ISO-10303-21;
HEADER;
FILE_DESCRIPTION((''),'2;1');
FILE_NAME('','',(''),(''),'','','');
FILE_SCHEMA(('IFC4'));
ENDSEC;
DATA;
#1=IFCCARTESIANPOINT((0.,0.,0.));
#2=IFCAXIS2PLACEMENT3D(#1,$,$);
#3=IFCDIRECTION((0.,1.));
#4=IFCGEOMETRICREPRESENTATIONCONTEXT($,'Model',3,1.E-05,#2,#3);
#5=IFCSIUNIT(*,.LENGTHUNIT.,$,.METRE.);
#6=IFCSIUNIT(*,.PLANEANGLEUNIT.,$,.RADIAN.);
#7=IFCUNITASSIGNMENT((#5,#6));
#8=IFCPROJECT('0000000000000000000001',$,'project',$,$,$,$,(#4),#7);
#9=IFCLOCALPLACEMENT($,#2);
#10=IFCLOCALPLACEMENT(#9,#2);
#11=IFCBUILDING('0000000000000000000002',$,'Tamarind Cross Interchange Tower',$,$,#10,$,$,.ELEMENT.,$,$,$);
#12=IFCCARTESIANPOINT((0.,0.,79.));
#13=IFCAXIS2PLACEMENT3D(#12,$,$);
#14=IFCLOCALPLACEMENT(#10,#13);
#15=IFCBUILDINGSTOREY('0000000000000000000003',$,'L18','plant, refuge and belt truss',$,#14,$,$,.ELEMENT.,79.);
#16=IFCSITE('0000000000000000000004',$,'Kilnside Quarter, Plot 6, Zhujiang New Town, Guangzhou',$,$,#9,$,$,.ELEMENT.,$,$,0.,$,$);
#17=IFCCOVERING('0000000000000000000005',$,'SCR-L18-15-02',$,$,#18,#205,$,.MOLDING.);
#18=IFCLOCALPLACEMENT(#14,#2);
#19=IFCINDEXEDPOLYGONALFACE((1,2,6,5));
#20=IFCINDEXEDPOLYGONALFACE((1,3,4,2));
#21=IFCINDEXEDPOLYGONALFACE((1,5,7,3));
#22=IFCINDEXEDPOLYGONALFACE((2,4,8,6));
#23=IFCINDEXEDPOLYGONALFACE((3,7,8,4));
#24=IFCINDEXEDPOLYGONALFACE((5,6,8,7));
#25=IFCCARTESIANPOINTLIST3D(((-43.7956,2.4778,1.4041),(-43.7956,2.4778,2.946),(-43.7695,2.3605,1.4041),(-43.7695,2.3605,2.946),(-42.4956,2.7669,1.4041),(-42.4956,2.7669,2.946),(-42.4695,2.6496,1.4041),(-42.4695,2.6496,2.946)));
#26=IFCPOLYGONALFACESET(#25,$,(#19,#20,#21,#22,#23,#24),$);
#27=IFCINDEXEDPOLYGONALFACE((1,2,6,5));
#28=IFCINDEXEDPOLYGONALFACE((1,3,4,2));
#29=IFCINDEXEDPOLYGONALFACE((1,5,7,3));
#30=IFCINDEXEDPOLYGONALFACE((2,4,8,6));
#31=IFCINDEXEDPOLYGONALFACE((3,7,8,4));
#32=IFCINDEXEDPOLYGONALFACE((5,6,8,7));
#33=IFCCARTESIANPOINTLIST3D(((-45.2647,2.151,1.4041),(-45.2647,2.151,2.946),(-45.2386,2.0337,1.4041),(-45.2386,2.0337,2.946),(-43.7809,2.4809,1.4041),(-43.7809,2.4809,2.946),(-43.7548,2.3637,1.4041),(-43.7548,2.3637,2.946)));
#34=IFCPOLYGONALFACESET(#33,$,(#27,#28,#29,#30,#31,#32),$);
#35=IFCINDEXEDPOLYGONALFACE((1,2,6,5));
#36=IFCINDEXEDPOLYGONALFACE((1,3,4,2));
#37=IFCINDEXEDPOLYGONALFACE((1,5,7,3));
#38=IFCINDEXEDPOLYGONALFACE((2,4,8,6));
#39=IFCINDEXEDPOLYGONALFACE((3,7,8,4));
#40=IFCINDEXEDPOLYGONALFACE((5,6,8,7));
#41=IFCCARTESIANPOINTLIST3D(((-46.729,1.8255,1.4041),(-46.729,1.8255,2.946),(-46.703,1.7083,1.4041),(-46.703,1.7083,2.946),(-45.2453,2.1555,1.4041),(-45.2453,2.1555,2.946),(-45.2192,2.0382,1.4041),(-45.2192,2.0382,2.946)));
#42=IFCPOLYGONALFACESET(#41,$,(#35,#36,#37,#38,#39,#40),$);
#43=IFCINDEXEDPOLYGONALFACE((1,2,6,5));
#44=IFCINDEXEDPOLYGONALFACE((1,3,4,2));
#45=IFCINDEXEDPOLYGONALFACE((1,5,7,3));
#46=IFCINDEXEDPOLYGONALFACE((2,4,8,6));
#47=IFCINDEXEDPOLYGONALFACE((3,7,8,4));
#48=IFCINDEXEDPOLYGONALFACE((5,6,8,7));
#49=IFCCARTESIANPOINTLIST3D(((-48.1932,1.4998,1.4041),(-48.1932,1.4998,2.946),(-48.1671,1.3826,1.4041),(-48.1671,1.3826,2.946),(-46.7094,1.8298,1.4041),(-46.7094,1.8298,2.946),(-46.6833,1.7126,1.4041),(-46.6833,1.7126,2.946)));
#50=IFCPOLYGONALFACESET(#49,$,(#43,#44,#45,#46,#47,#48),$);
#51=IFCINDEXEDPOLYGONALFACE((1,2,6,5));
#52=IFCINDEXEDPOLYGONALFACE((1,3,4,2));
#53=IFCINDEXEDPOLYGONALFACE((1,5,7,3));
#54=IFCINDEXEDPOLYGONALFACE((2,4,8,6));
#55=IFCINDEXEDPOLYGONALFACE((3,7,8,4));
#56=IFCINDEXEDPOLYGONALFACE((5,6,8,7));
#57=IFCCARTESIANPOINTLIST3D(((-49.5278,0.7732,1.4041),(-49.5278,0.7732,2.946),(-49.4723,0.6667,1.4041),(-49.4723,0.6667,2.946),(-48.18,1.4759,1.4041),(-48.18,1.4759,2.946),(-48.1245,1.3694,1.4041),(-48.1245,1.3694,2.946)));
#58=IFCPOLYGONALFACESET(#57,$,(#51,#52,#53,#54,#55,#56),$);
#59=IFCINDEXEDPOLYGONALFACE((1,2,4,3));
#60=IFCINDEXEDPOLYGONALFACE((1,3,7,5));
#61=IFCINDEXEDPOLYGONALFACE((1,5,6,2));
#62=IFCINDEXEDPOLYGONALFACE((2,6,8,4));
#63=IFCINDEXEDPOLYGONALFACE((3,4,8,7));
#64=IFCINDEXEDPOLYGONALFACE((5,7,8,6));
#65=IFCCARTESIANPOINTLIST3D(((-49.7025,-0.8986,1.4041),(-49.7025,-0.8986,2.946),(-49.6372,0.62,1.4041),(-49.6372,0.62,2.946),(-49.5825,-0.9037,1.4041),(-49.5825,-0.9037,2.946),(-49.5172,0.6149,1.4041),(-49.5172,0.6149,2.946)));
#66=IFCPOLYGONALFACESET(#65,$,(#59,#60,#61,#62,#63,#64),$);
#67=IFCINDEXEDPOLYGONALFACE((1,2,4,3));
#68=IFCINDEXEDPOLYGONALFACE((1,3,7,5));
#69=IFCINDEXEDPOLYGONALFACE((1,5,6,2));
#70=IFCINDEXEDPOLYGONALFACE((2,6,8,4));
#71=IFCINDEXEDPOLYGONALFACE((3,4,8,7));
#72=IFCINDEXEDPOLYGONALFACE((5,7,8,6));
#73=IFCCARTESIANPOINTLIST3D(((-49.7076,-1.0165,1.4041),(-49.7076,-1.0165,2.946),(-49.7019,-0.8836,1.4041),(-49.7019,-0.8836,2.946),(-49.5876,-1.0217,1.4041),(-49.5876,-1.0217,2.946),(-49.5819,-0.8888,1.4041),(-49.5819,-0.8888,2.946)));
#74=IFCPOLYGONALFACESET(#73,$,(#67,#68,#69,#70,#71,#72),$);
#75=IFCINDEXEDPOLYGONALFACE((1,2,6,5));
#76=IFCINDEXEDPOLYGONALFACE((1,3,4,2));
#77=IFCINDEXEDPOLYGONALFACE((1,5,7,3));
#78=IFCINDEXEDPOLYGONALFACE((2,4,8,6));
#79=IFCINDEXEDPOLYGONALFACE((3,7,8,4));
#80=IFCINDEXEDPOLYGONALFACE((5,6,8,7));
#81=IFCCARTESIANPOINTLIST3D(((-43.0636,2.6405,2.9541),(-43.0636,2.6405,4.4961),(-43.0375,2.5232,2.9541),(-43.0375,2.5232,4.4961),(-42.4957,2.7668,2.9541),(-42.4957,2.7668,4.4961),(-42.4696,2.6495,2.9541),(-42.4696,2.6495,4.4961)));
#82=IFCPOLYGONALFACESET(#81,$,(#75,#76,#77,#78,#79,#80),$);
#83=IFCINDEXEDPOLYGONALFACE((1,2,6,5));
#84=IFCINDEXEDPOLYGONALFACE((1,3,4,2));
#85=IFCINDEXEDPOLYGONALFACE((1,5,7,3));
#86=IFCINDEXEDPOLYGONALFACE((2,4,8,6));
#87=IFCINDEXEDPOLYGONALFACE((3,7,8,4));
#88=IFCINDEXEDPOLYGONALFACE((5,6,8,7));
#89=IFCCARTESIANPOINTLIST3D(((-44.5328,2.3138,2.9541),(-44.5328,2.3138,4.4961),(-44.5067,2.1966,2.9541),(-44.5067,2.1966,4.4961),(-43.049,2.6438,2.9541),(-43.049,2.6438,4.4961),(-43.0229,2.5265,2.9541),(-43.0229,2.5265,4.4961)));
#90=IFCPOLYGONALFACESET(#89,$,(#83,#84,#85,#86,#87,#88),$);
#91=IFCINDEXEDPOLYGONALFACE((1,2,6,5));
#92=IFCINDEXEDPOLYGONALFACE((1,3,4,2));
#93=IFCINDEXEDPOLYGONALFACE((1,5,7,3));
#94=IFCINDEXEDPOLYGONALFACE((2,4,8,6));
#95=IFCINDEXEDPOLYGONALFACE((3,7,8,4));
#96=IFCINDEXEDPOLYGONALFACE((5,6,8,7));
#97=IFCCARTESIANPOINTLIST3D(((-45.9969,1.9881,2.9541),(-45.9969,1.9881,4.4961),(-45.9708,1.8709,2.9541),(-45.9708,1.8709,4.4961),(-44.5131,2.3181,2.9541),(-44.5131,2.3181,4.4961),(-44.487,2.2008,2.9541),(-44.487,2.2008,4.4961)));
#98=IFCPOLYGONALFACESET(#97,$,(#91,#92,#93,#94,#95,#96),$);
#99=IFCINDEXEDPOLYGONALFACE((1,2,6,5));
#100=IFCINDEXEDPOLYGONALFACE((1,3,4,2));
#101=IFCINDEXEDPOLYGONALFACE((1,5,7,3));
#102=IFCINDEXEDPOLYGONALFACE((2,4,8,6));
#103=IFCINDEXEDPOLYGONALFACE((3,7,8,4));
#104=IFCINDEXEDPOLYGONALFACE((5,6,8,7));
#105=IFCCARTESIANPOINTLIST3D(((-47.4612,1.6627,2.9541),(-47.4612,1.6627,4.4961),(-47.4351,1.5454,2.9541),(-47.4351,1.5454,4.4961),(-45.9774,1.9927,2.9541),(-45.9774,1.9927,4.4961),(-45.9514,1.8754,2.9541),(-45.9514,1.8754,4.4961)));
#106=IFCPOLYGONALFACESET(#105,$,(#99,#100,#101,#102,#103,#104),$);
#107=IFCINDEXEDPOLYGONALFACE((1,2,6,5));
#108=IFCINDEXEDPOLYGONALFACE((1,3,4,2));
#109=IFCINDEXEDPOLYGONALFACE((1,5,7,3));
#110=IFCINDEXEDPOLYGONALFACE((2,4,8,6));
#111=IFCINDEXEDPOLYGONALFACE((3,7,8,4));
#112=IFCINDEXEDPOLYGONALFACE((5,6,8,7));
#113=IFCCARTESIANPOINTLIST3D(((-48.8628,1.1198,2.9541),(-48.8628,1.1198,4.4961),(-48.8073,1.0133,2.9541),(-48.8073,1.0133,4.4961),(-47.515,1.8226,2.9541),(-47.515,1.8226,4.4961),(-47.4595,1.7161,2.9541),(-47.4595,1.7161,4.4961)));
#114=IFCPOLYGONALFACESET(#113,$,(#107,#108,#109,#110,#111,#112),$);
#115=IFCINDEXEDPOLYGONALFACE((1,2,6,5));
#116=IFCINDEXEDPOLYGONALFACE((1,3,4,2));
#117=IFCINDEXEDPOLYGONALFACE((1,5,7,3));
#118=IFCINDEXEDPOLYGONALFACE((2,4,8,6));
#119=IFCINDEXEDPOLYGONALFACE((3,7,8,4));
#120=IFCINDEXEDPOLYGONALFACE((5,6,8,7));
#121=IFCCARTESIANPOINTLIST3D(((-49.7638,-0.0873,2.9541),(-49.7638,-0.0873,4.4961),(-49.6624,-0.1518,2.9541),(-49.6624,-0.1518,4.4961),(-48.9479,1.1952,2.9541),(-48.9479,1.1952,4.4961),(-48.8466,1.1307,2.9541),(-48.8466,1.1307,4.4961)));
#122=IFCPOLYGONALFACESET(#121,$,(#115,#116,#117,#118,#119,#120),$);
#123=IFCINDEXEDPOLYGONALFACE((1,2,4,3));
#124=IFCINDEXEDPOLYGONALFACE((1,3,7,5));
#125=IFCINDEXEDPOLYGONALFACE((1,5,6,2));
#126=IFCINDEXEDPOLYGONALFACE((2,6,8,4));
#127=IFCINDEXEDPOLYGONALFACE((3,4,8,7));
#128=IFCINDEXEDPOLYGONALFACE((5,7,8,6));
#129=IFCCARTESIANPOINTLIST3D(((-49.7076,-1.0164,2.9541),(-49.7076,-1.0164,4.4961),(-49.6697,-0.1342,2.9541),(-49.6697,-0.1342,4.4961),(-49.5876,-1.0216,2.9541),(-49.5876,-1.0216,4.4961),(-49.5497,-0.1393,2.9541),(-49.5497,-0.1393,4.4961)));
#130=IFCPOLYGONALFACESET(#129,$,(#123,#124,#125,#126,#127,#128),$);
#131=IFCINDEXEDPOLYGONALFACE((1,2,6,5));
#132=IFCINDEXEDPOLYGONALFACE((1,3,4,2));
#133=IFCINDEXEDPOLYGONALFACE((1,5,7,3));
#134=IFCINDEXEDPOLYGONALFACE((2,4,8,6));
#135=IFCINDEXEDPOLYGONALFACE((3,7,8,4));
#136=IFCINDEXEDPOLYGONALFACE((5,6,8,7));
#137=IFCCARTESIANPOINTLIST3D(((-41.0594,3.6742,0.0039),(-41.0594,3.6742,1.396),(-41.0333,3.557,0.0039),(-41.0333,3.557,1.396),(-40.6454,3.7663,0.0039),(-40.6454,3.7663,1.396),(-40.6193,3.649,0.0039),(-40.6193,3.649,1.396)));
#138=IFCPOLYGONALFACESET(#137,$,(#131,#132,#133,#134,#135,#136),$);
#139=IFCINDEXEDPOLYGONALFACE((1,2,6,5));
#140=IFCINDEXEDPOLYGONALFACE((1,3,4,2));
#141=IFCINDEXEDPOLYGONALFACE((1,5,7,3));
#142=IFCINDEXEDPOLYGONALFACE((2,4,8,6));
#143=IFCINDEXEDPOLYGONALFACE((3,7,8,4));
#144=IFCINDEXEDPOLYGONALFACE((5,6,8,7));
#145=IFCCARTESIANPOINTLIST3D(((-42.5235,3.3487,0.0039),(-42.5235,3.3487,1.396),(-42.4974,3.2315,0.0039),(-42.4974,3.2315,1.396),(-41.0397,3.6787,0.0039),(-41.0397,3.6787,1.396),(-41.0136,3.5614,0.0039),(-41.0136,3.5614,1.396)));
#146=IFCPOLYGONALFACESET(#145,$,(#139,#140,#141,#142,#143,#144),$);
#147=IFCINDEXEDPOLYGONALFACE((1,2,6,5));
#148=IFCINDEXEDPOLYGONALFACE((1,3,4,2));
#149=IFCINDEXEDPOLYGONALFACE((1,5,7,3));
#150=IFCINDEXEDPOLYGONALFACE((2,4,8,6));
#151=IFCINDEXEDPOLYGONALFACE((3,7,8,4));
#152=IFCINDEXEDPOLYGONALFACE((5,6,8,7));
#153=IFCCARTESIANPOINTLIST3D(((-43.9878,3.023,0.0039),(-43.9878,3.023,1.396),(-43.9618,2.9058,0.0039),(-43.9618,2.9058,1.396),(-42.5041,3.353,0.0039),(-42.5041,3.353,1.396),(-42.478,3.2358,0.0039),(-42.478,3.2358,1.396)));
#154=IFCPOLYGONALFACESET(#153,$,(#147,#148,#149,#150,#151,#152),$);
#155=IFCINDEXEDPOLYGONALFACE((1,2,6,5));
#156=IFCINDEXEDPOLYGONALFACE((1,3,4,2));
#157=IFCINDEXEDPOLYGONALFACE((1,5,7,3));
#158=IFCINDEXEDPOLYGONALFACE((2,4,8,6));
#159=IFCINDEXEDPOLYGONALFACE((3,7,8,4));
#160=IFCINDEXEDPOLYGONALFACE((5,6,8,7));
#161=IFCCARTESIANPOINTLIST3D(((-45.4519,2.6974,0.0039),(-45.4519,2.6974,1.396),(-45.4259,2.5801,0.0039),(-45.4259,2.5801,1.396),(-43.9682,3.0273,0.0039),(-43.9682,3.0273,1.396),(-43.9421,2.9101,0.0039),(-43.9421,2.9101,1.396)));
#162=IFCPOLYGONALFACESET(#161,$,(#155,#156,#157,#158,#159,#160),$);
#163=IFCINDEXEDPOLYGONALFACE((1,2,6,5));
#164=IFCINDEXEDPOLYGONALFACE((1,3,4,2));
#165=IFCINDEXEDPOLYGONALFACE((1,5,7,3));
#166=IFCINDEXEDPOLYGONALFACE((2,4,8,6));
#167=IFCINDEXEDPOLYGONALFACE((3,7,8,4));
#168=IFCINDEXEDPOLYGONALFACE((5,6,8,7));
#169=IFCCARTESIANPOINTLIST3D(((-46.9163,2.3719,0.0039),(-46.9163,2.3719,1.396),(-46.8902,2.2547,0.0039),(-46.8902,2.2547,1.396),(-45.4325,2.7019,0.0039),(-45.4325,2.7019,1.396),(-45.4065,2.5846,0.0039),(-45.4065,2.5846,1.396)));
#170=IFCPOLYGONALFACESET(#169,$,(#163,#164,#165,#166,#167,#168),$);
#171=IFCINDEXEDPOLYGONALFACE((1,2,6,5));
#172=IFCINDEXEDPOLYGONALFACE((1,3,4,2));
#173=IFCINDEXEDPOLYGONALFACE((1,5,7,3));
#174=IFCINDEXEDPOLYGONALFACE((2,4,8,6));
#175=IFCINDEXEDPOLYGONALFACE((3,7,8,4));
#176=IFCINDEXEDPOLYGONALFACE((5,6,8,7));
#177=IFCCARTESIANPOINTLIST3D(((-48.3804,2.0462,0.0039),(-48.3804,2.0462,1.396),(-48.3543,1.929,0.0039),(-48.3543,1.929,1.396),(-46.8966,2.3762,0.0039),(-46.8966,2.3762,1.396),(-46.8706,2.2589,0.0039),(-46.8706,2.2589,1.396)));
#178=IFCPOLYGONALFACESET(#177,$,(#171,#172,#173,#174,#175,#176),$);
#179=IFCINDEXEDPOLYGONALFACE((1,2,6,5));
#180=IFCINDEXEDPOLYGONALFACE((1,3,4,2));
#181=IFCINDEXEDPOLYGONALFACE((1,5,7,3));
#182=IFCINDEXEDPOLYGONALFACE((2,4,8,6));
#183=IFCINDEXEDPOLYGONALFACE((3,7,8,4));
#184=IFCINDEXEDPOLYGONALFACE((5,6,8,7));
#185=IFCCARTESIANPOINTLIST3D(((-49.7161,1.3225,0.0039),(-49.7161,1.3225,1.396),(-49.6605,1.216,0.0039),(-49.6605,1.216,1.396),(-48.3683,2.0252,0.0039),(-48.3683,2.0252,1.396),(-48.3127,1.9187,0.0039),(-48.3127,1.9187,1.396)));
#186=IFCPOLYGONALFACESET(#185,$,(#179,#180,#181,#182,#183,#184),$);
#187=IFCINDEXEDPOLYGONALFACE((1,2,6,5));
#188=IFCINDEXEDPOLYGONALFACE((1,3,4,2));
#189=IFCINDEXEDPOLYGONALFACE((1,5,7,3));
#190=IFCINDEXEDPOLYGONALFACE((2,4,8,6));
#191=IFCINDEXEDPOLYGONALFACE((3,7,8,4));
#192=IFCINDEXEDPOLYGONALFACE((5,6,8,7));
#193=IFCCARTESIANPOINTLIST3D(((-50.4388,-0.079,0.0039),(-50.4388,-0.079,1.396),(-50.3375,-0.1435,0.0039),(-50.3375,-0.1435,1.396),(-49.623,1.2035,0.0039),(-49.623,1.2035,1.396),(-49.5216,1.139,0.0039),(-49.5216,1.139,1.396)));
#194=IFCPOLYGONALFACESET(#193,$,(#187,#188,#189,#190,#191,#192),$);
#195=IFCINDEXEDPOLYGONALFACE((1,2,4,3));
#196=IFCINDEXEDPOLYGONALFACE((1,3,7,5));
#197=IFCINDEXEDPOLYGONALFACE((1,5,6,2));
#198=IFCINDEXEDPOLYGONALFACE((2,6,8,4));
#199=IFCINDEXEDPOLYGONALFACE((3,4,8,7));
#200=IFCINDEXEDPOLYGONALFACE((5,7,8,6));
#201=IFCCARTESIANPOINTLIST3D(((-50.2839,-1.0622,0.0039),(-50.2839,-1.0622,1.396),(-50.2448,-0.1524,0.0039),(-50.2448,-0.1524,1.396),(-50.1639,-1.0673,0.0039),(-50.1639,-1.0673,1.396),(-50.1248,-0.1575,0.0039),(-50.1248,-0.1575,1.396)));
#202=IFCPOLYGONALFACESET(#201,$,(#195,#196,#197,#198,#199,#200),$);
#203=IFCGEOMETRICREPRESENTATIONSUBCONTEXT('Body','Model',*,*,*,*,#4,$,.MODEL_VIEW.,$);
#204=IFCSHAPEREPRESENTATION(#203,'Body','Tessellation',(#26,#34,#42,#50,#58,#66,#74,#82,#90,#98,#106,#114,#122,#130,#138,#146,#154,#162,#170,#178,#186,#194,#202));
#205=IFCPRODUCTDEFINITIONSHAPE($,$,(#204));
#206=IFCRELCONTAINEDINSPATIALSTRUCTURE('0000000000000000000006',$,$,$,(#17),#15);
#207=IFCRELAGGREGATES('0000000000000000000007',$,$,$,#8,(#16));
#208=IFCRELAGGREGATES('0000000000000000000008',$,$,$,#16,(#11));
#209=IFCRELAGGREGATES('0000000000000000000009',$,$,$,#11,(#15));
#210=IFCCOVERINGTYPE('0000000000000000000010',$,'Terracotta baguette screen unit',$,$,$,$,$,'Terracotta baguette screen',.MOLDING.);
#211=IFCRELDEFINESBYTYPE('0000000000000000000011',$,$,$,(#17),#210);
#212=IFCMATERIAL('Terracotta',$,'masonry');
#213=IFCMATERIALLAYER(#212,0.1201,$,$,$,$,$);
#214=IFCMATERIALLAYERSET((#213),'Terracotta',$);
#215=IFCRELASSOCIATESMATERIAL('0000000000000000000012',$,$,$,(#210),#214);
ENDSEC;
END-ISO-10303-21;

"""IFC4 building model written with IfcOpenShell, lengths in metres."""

from ifc_helpers import new_model, si_unit, direction, frame, origin, origin_2d, place, context, subcontext, project, spatial, rectangle, extrude, material, layer, layer_set, type_object, element, save


model = new_model("IFC4")

# Units and contexts
model_context = context("Model", 3, precision=1e-05, world=origin(), true_north=direction((0.0, 1.0)))
body_context = subcontext(model_context, "Body", "Model", "MODEL_VIEW")
ifc_project = project(units=[si_unit("LENGTHUNIT", "METRE"), si_unit("PLANEANGLEUNIT", "RADIAN")], contexts=[model_context])

# Site, building, storey
site_placement = place(None, origin())
site = spatial("IfcSite", under=ifc_project, at=site_placement, Name="Kilnside Quarter, Plot 6, Zhujiang New Town, Guangzhou", CompositionType="ELEMENT", RefElevation=0.0)
building_placement = place(site_placement, origin())
building = spatial("IfcBuilding", under=site, at=building_placement, Name="Tamarind Cross Interchange Tower", CompositionType="ELEMENT")
storey_placement = place(building_placement, frame((0.0, 0.0, 79.0)))
storey = spatial("IfcBuildingStorey", under=building, at=storey_placement, Name="L18", Description="plant, refuge and belt truss", CompositionType="ELEMENT", Elevation=79.0)

# Covering
ifc_material_1 = material(Name="Terracotta", Category="masonry")
ifc_layer_1 = layer(ifc_material_1, 0.1201)
ifc_layer_set_1 = layer_set([ifc_layer_1], Name="Terracotta")
covering_type = type_object("IfcCoveringType", Name="Terracotta baguette screen unit", ElementType="Terracotta baguette screen", PredefinedType="MOLDING", material=ifc_layer_set_1)
covering_1_placement = place(storey_placement, origin())
element("IfcCovering", 1, at=covering_1_placement, inside=storey, type_object=covering_type, Name="SCR-L18-15-02", PredefinedType="MOLDING", context=body_context, shape_type="SweptSolid", body=[
    extrude(rectangle(XDim=1.3318, YDim=0.1201, at=origin_2d()), frame((-43.1326, 2.5637, 1.4041), z_axis=(0.0, 0.0, 1.0), x_axis=(-0.976154, -0.21708, 0.0)), (0.0, 0.0, 1.0), 1.542),
    extrude(rectangle(XDim=1.52, YDim=0.1201, at=origin_2d()), frame((-44.5098, 2.2573, 1.4041), z_axis=(0.0, 0.0, 1.0), x_axis=(-0.976154, -0.21708, 0.0)), (0.0, 0.0, 1.0), 1.542),
    extrude(rectangle(XDim=1.52, YDim=0.1201, at=origin_2d()), frame((-45.9741, 1.9319, 1.4041), z_axis=(0.0, 0.0, 1.0), x_axis=(-0.976154, -0.21708, 0.0)), (0.0, 0.0, 1.0), 1.542),
    extrude(rectangle(XDim=1.52, YDim=0.1201, at=origin_2d()), frame((-47.4382, 1.6062, 1.4041), z_axis=(0.0, 0.0, 1.0), x_axis=(-0.976154, -0.21708, 0.0)), (0.0, 0.0, 1.0), 1.542),
    extrude(rectangle(XDim=1.52, YDim=0.1201, at=origin_2d()), frame((-48.8262, 1.0713, 1.4041), z_axis=(0.0, 0.0, 1.0), x_axis=(-0.886708, -0.462331, 0.0)), (0.0, 0.0, 1.0), 1.542),
    extrude(rectangle(XDim=1.52, YDim=0.1201, at=origin_2d()), frame((-49.6099, -0.1418, 1.4041), z_axis=(0.0, 0.0, 1.0), x_axis=(-0.042964, -0.999077, 0.0)), (0.0, 0.0, 1.0), 1.542),
    extrude(rectangle(XDim=0.1331, YDim=0.1201, at=origin_2d()), frame((-49.6448, -0.9526, 1.4041), z_axis=(0.0, 0.0, 1.0), x_axis=(-0.042964, -0.999077, 0.0)), (0.0, 0.0, 1.0), 1.542),
    extrude(rectangle(XDim=0.5818, YDim=0.1201, at=origin_2d()), frame((-42.7666, 2.645, 2.9541), z_axis=(0.0, 0.0, 1.0), x_axis=(-0.976154, -0.21708, 0.0)), (0.0, 0.0, 1.0), 1.542),
    extrude(rectangle(XDim=1.52, YDim=0.1201, at=origin_2d()), frame((-43.7778, 2.4202, 2.9541), z_axis=(0.0, 0.0, 1.0), x_axis=(-0.976154, -0.21708, 0.0)), (0.0, 0.0, 1.0), 1.542),
    extrude(rectangle(XDim=1.52, YDim=0.1201, at=origin_2d()), frame((-45.2419, 2.0945, 2.9541), z_axis=(0.0, 0.0, 1.0), x_axis=(-0.976154, -0.21708, 0.0)), (0.0, 0.0, 1.0), 1.542),
    extrude(rectangle(XDim=1.52, YDim=0.1201, at=origin_2d()), frame((-46.7063, 1.769, 2.9541), z_axis=(0.0, 0.0, 1.0), x_axis=(-0.976154, -0.21708, 0.0)), (0.0, 0.0, 1.0), 1.542),
    extrude(rectangle(XDim=1.52, YDim=0.1201, at=origin_2d()), frame((-48.1611, 1.418, 2.9541), z_axis=(0.0, 0.0, 1.0), x_axis=(-0.886708, -0.462331, 0.0)), (0.0, 0.0, 1.0), 1.542),
    extrude(rectangle(XDim=1.52, YDim=0.1201, at=origin_2d()), frame((-49.3052, 0.5217, 2.9541), z_axis=(0.0, 0.0, 1.0), x_axis=(-0.536746, -0.843744, 0.0)), (0.0, 0.0, 1.0), 1.542),
    extrude(rectangle(XDim=0.8831, YDim=0.1201, at=origin_2d()), frame((-49.6287, -0.5779, 2.9541), z_axis=(0.0, 0.0, 1.0), x_axis=(-0.042964, -0.999077, 0.0)), (0.0, 0.0, 1.0), 1.542),
    extrude(rectangle(XDim=0.4241, YDim=0.1201, at=origin_2d()), frame((-40.8394, 3.6616, 0.0039), z_axis=(0.0, 0.0, 1.0), x_axis=(-0.976154, -0.21708, 0.0)), (0.0, 0.0, 1.0), 1.3921),
    extrude(rectangle(XDim=1.52, YDim=0.1201, at=origin_2d()), frame((-41.7686, 3.4551, 0.0039), z_axis=(0.0, 0.0, 1.0), x_axis=(-0.976154, -0.21708, 0.0)), (0.0, 0.0, 1.0), 1.3921),
    extrude(rectangle(XDim=1.52, YDim=0.1201, at=origin_2d()), frame((-43.2329, 3.1294, 0.0039), z_axis=(0.0, 0.0, 1.0), x_axis=(-0.976154, -0.21708, 0.0)), (0.0, 0.0, 1.0), 1.3921),
    extrude(rectangle(XDim=1.52, YDim=0.1201, at=origin_2d()), frame((-44.697, 2.8037, 0.0039), z_axis=(0.0, 0.0, 1.0), x_axis=(-0.976154, -0.21708, 0.0)), (0.0, 0.0, 1.0), 1.3921),
    extrude(rectangle(XDim=1.52, YDim=0.1201, at=origin_2d()), frame((-46.1614, 2.4783, 0.0039), z_axis=(0.0, 0.0, 1.0), x_axis=(-0.976154, -0.21708, 0.0)), (0.0, 0.0, 1.0), 1.3921),
    extrude(rectangle(XDim=1.52, YDim=0.1201, at=origin_2d()), frame((-47.6255, 2.1526, 0.0039), z_axis=(0.0, 0.0, 1.0), x_axis=(-0.976154, -0.21708, 0.0)), (0.0, 0.0, 1.0), 1.3921),
    extrude(rectangle(XDim=1.52, YDim=0.1201, at=origin_2d()), frame((-49.0144, 1.6206, 0.0039), z_axis=(0.0, 0.0, 1.0), x_axis=(-0.886708, -0.462331, 0.0)), (0.0, 0.0, 1.0), 1.3921),
    extrude(rectangle(XDim=1.52, YDim=0.1201, at=origin_2d()), frame((-49.9802, 0.53, 0.0039), z_axis=(0.0, 0.0, 1.0), x_axis=(-0.536746, -0.843744, 0.0)), (0.0, 0.0, 1.0), 1.3921),
    extrude(rectangle(XDim=0.9106, YDim=0.1201, at=origin_2d()), frame((-50.2043, -0.6099, 0.0039), z_axis=(0.0, 0.0, 1.0), x_axis=(-0.042964, -0.999077, 0.0)), (0.0, 0.0, 1.0), 1.3921),
])

save(model, "model.ifc")
